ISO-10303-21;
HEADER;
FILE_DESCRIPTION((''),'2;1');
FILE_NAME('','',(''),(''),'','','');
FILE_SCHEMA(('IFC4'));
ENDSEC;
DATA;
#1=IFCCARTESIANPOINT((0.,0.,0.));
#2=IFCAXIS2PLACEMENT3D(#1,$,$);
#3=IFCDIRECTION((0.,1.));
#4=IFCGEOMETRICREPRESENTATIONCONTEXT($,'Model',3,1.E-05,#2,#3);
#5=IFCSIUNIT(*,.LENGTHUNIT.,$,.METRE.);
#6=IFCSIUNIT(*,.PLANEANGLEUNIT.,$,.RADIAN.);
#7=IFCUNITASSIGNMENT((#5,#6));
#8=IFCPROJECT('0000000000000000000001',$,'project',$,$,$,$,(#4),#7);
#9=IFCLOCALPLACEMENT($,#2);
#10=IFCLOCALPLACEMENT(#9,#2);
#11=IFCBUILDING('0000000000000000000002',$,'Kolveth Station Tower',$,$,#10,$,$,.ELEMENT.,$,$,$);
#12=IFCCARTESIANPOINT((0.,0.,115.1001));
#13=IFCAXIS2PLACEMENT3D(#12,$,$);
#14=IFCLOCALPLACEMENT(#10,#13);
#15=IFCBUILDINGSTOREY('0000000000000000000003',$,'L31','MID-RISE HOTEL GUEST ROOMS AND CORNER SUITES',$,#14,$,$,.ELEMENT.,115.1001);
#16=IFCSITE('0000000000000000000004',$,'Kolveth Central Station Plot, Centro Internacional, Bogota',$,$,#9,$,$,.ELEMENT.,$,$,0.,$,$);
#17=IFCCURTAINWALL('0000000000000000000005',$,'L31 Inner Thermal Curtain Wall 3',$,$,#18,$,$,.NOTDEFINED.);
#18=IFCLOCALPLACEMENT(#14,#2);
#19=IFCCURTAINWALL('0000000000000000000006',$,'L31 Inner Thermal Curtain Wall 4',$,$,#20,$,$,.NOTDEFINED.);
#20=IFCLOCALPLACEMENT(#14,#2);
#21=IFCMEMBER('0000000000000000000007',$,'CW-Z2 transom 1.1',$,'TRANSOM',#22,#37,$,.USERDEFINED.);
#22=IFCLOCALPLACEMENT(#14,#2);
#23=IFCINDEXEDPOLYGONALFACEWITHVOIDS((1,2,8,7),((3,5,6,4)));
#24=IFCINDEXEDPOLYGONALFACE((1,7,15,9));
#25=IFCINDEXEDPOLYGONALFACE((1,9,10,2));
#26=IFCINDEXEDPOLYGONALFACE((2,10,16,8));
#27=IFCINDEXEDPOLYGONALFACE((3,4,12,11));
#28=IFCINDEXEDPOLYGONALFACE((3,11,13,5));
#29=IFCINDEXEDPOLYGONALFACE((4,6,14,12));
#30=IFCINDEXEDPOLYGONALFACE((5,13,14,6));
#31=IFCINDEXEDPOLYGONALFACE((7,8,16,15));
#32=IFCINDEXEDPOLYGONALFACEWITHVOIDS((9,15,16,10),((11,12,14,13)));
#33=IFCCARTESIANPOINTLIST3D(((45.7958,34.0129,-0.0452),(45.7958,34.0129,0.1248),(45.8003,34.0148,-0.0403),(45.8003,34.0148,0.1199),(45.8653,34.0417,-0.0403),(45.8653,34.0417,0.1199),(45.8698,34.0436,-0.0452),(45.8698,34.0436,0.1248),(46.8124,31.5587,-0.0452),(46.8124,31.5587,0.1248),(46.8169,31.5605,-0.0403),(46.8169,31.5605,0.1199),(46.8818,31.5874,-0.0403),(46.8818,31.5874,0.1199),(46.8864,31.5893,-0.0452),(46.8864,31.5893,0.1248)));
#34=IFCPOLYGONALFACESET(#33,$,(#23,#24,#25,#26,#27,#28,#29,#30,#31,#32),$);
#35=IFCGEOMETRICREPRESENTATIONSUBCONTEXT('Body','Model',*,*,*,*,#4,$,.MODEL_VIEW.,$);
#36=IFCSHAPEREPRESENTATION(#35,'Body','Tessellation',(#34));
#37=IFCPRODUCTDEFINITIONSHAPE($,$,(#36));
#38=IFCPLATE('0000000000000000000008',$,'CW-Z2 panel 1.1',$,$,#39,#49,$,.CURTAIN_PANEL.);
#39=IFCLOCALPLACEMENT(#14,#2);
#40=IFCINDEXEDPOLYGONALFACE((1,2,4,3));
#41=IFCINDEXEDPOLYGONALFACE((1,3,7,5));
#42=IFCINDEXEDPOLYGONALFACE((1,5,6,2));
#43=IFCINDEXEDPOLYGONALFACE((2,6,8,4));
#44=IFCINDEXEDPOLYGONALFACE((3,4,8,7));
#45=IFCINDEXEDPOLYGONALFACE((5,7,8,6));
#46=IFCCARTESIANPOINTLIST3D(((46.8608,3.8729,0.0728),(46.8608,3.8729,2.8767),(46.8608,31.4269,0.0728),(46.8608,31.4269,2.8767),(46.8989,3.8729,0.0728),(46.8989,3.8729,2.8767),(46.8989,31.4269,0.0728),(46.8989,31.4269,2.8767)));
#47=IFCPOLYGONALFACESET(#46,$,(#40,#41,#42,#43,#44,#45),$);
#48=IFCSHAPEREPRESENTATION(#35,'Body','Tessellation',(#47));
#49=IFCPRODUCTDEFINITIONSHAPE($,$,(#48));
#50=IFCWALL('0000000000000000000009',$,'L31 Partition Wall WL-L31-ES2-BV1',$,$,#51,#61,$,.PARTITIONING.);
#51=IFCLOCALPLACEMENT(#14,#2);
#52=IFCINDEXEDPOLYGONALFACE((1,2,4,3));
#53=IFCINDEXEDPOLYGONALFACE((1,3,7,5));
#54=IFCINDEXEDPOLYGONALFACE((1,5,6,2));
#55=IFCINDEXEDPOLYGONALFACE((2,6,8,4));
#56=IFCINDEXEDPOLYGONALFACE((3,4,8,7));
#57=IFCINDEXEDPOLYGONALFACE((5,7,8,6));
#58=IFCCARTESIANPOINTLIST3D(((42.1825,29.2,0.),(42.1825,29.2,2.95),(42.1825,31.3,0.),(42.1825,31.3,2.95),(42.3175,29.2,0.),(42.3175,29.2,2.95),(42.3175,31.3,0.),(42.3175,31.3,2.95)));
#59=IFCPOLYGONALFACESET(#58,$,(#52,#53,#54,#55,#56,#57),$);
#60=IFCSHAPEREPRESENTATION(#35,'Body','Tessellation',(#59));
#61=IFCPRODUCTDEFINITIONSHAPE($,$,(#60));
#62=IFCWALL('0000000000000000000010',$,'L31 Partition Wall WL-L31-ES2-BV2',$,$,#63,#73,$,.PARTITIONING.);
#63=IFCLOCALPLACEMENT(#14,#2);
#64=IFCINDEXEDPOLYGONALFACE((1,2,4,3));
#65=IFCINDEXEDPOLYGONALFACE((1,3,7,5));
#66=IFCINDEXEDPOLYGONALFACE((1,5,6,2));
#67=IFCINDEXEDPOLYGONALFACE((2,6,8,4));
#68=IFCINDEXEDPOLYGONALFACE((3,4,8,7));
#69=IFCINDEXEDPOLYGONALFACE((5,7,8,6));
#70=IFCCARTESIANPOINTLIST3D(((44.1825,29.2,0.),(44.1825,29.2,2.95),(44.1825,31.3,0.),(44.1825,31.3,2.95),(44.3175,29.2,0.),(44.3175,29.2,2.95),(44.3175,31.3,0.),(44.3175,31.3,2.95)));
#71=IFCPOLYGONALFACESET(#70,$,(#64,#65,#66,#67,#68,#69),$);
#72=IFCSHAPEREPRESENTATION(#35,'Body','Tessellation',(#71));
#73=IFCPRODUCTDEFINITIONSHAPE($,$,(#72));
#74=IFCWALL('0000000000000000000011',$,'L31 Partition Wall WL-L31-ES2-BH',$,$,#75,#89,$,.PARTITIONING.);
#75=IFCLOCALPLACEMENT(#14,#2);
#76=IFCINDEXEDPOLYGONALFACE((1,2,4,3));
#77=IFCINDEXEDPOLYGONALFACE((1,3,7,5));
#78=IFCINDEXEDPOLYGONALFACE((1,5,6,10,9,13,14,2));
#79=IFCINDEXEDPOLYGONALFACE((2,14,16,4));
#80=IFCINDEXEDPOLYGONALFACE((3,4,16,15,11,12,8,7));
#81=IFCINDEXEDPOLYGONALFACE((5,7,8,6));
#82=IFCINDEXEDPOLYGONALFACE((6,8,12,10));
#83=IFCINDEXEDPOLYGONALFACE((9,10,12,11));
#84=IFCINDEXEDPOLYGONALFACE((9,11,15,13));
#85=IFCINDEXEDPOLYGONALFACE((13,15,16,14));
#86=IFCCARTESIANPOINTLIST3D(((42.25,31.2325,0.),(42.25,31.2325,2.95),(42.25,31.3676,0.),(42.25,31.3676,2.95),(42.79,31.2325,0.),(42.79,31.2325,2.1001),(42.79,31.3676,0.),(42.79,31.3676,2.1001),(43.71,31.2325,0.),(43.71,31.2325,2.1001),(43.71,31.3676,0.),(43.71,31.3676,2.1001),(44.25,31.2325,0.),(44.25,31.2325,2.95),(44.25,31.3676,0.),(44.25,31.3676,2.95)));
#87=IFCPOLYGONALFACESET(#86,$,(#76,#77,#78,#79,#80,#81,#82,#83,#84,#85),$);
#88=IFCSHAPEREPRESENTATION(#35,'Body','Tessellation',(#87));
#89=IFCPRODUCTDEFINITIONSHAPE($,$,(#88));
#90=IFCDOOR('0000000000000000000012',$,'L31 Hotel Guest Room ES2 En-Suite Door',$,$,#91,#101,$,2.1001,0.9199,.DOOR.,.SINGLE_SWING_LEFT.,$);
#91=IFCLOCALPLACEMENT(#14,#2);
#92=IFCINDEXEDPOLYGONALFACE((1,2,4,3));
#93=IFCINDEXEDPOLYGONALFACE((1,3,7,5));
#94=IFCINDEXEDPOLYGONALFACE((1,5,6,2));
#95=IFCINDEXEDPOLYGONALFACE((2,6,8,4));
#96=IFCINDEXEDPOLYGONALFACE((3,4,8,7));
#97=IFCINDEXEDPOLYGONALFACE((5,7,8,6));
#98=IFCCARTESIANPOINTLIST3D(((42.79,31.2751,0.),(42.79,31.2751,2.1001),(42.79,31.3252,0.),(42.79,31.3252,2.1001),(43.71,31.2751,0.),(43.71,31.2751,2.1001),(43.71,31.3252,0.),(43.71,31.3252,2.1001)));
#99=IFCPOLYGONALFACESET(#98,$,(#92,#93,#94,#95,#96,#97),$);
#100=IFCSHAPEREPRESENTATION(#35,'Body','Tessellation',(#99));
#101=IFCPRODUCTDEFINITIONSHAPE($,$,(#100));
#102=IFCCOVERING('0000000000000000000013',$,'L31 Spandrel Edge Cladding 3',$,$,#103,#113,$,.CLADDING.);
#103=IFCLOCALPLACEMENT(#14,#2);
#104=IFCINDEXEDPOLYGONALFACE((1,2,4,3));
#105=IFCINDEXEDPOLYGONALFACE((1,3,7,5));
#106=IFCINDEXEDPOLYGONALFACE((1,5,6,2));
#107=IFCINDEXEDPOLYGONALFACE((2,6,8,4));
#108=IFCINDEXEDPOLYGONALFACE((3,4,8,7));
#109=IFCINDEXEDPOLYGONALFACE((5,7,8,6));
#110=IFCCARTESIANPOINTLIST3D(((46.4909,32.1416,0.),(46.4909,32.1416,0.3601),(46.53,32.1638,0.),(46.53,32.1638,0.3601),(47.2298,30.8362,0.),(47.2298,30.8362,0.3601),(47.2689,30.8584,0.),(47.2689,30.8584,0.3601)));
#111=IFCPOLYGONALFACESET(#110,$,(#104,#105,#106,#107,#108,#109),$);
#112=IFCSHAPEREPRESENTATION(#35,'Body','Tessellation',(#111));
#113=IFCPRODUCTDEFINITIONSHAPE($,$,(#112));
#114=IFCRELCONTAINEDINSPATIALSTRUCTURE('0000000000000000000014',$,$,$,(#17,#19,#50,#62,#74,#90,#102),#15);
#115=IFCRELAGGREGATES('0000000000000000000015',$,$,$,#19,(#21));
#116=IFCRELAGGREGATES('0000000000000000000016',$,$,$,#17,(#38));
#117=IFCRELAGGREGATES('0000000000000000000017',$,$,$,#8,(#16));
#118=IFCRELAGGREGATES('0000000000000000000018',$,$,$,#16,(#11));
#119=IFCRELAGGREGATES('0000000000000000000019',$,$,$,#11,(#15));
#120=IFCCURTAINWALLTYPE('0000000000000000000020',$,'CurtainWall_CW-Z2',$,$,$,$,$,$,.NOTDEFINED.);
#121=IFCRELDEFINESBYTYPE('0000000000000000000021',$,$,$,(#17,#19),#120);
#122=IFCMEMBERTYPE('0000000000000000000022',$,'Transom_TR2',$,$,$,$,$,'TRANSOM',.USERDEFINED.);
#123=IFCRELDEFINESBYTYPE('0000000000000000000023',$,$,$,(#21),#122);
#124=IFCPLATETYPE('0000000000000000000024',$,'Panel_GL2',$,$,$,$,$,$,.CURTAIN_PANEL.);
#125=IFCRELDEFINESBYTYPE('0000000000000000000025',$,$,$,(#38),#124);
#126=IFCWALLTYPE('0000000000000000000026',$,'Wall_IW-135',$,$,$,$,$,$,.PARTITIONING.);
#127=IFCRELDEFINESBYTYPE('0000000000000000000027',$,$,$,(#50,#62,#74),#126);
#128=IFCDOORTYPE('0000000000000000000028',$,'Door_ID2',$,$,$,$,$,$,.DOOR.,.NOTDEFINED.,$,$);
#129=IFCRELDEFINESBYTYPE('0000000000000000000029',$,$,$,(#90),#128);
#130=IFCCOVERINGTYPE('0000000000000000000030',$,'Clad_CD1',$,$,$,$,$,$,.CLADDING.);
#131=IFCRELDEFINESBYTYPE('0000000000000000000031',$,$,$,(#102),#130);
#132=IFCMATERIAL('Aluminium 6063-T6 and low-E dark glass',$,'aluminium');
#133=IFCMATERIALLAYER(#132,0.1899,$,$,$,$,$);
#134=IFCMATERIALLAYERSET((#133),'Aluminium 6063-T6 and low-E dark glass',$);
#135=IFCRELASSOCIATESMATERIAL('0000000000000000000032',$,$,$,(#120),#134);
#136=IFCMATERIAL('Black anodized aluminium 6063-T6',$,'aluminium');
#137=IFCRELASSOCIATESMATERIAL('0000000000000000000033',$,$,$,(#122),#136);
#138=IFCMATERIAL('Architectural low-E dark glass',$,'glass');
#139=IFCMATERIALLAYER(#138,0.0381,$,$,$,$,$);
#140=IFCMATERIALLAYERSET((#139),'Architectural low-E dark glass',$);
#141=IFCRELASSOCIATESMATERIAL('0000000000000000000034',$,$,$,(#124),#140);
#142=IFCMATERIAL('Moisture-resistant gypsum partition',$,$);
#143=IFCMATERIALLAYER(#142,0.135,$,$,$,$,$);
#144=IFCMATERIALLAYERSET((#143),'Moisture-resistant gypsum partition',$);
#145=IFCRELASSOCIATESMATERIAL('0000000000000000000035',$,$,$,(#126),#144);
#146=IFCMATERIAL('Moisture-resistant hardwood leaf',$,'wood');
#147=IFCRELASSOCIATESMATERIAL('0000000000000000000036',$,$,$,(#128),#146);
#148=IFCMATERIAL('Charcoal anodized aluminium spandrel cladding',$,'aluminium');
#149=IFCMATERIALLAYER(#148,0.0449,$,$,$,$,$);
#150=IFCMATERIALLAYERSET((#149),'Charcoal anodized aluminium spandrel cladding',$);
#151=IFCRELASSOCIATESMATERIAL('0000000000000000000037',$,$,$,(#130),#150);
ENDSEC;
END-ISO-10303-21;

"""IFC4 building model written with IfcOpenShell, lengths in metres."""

from ifc_helpers import new_model, si_unit, direction, frame, frame_2d, origin, origin_2d, place, context, subcontext, project, spatial, rectangle, hollow_rectangle, extrude, source, transform, mapped, material, layer, layer_set, material_profile, profile_set, type_object, element, fill, aggregate, save


model = new_model("IFC4")

# Units and contexts
model_context = context("Model", 3, precision=1e-05, world=origin(), true_north=direction((0.0, 1.0)))
body_context = subcontext(model_context, "Body", "Model", "MODEL_VIEW")
ifc_project = project(units=[si_unit("LENGTHUNIT", "METRE"), si_unit("PLANEANGLEUNIT", "RADIAN")], contexts=[model_context])

# Site, building, storey
site_placement = place(None, origin())
site = spatial("IfcSite", under=ifc_project, at=site_placement, Name="Kolveth Central Station Plot, Centro Internacional, Bogota", CompositionType="ELEMENT", RefElevation=0.0)
building_placement = place(site_placement, origin())
building = spatial("IfcBuilding", under=site, at=building_placement, Name="Kolveth Station Tower", CompositionType="ELEMENT")
storey_placement = place(building_placement, frame((0.0, 0.0, 115.1001)))
storey = spatial("IfcBuildingStorey", under=building, at=storey_placement, Name="L31", Description="MID-RISE HOTEL GUEST ROOMS AND CORNER SUITES", CompositionType="ELEMENT", Elevation=115.1001)

# Curtain wall
ifc_material_1 = material(Name="Aluminium 6063-T6 and low-E dark glass", Category="aluminium")
ifc_layer_1 = layer(ifc_material_1, 0.1899)
ifc_layer_set_1 = layer_set([ifc_layer_1], Name="Aluminium 6063-T6 and low-E dark glass")
curtain_wall_type = type_object("IfcCurtainWallType", Name="CurtainWall_CW-Z2", PredefinedType="NOTDEFINED", material=ifc_layer_set_1)
curtain_wall_1_placement = place(storey_placement, origin())
curtain_wall_1 = element("IfcCurtainWall", 1, at=curtain_wall_1_placement, inside=storey, type_object=curtain_wall_type, Name="L31 Inner Thermal Curtain Wall 3", PredefinedType="NOTDEFINED")
ifc_material_2 = material(Name="Black anodized aluminium 6063-T6", Category="aluminium")

# Curtain wall, member
curtain_wall_2_placement = place(storey_placement, origin())
curtain_wall_2 = element("IfcCurtainWall", 2, at=curtain_wall_2_placement, inside=storey, type_object=curtain_wall_type, Name="L31 Inner Thermal Curtain Wall 4", PredefinedType="NOTDEFINED")
ifc_material_profile_1 = material_profile(ifc_material_2, hollow_rectangle(XDim=0.0801, YDim=0.1699, WallThickness=0.0049, at=origin_2d()), Name="ALU-80x170x5")
ifc_profile_set_1 = profile_set([ifc_material_profile_1], Name="Black anodized aluminium 6063-T6")
member_type_1 = type_object("IfcMemberType", Name="Transom_TR2", ElementType="TRANSOM", PredefinedType="USERDEFINED", material=ifc_profile_set_1)
shared_shape_1 = source(origin(), body_context, "Body", "SweptSolid", [
    extrude(hollow_rectangle(XDim=0.0801, YDim=0.1699, WallThickness=0.0049, at=origin_2d()), origin(), (0.0, 0.0, 1.0), 2.6565),
])
member_1_placement = place(storey_placement, frame((46.8494, 31.574, 0.0398), z_axis=(-0.382676, 0.923882, 0.0), x_axis=(-0.923882, -0.382676, 0.0)))
member_1 = element("IfcMember", 3, at=member_1_placement, type_object=member_type_1, Name="CW-Z2 transom 1.1", ObjectType="TRANSOM", PredefinedType="USERDEFINED", context=body_context, shape_type="MappedRepresentation", body=[
    mapped(shared_shape_1, transform((0.0, 0.0, 0.0), x_axis=(1.0, 0.0, 0.0), y_axis=(0.0, 1.0, 0.0), z_axis=(0.0, 0.0, 1.0), scale=1.0)),
])
aggregate(curtain_wall_2, [member_1])

# Plate
ifc_material_3 = material(Name="Architectural low-E dark glass", Category="glass")
ifc_layer_2 = layer(ifc_material_3, 0.0381)
ifc_layer_set_2 = layer_set([ifc_layer_2], Name="Architectural low-E dark glass")
plate_type = type_object("IfcPlateType", Name="Panel_GL2", PredefinedType="CURTAIN_PANEL", material=ifc_layer_set_2)
shared_shape_2 = source(origin(), body_context, "Body", "SweptSolid", [
    extrude(rectangle(XDim=27.554, YDim=0.0381, at=origin_2d()), origin(), (0.0, 0.0, 1.0), 2.804),
])
plate_placement = place(storey_placement, frame((46.8799, 17.6499, 0.0728), z_axis=(0.0, 0.0, 1.0), x_axis=(0.0, 1.0, 0.0)))
plate = element("IfcPlate", 4, at=plate_placement, type_object=plate_type, Name="CW-Z2 panel 1.1", PredefinedType="CURTAIN_PANEL", context=body_context, shape_type="MappedRepresentation", body=[
    mapped(shared_shape_2, transform((0.0, 0.0, 0.0), x_axis=(1.0, 0.0, 0.0), y_axis=(0.0, 1.0, 0.0), z_axis=(0.0, 0.0, 1.0), scale=1.0)),
])
aggregate(curtain_wall_1, [plate])

# Walls
ifc_material_4 = material(Name="Moisture-resistant gypsum partition")
ifc_layer_3 = layer(ifc_material_4, 0.135)
ifc_layer_set_3 = layer_set([ifc_layer_3], Name="Moisture-resistant gypsum partition")
wall_type = type_object("IfcWallType", Name="Wall_IW-135", PredefinedType="PARTITIONING", material=ifc_layer_set_3)
for number, where, z_axis, x_axis, name in (
    (5, (42.25, 29.2, 0.0), (0.0, 0.0, 1.0), (0.0, 1.0, 0.0), "L31 Partition Wall WL-L31-ES2-BV1"),
    (6, (44.25, 29.2, 0.0), (0.0, 0.0, 1.0), (0.0, 1.0, 0.0), "L31 Partition Wall WL-L31-ES2-BV2"),
):
    element("IfcWall", number, at=place(storey_placement, frame(where, z_axis=z_axis, x_axis=x_axis)), inside=storey, type_object=wall_type, Name=name, PredefinedType="PARTITIONING", context=body_context, shape_type="SweptSolid", body=[
        extrude(rectangle(XDim=2.1001, YDim=0.135, at=frame_2d((1.05, 0.0))), origin(), (0.0, 0.0, 1.0), 2.95),
    ])

# Wall, opening, door
wall_placement = place(storey_placement, frame((42.25, 31.3, 0.0), z_axis=(0.0, 0.0, 1.0), x_axis=(1.0, 0.0, 0.0)))
wall = element("IfcWall", 7, at=wall_placement, inside=storey, type_object=wall_type, Name="L31 Partition Wall WL-L31-ES2-BH", PredefinedType="PARTITIONING", context=body_context, shape_type="SweptSolid", body=[
    extrude(rectangle(XDim=2.0, YDim=0.135, at=frame_2d((1.0, 0.0))), origin(), (0.0, 0.0, 1.0), 2.95),
])
opening_placement = place(wall_placement, frame((0.54, 0.0, 0.0)))
opening = element("IfcOpeningElement", 8, at=opening_placement, cuts=wall, PredefinedType="OPENING", context=body_context, shape_type="SweptSolid", body=[
    extrude(rectangle(XDim=0.9199, YDim=2.1001, at=frame_2d((0.46, 1.05))), frame((0.0, 0.0774, 0.0), z_axis=(0.0, -1.0, 0.0), x_axis=(1.0, 0.0, 0.0)), (0.0, 0.0, 1.0), 0.155),
])
ifc_material_5 = material(Name="Moisture-resistant hardwood leaf", Category="wood")
door_type = type_object("IfcDoorType", Name="Door_ID2", OperationType="NOTDEFINED", PredefinedType="DOOR", material=ifc_material_5)
door_placement = place(opening_placement, frame((0.9199, 0.0, 0.0), z_axis=(0.0, 0.0, 1.0), x_axis=(-1.0, 0.0, 0.0)))
door = element("IfcDoor", 9, at=door_placement, inside=storey, type_object=door_type, Name="L31 Hotel Guest Room ES2 En-Suite Door", OperationType="SINGLE_SWING_LEFT", OverallHeight=2.1001, OverallWidth=0.9199, PredefinedType="DOOR", context=body_context, shape_type="SweptSolid", body=[
    extrude(rectangle(XDim=0.9199, YDim=2.1001, at=frame_2d((0.46, 1.05))), frame((0.0, 0.0249, 0.0), z_axis=(0.0, -1.0, 0.0), x_axis=(1.0, 0.0, 0.0)), (0.0, 0.0, 1.0), 0.05),
])
fill(opening, door)

# Covering
ifc_material_6 = material(Name="Charcoal anodized aluminium spandrel cladding", Category="aluminium")
ifc_layer_4 = layer(ifc_material_6, 0.0449)
ifc_layer_set_4 = layer_set([ifc_layer_4], Name="Charcoal anodized aluminium spandrel cladding")
covering_type = type_object("IfcCoveringType", Name="Clad_CD1", PredefinedType="CLADDING", material=ifc_layer_set_4)
shared_shape_3 = source(origin(), body_context, "Body", "SweptSolid", [
    extrude(rectangle(XDim=1.5, YDim=0.0449, at=origin_2d()), origin(), (0.0, 0.0, 1.0), 0.3601),
])
covering_placement = place(storey_placement, frame((46.8799, 31.5, 0.0), z_axis=(0.0, 0.0, 1.0), x_axis=(-0.492575, 0.87027, 0.0)))
element("IfcCovering", 10, at=covering_placement, inside=storey, type_object=covering_type, Name="L31 Spandrel Edge Cladding 3", PredefinedType="CLADDING", context=body_context, shape_type="MappedRepresentation", body=[
    mapped(shared_shape_3, transform((0.0, 0.0, 0.0), x_axis=(1.0, 0.0, 0.0), y_axis=(0.0, 1.0, 0.0), z_axis=(0.0, 0.0, 1.0), scale=1.0)),
])

save(model, "model.ifc")
